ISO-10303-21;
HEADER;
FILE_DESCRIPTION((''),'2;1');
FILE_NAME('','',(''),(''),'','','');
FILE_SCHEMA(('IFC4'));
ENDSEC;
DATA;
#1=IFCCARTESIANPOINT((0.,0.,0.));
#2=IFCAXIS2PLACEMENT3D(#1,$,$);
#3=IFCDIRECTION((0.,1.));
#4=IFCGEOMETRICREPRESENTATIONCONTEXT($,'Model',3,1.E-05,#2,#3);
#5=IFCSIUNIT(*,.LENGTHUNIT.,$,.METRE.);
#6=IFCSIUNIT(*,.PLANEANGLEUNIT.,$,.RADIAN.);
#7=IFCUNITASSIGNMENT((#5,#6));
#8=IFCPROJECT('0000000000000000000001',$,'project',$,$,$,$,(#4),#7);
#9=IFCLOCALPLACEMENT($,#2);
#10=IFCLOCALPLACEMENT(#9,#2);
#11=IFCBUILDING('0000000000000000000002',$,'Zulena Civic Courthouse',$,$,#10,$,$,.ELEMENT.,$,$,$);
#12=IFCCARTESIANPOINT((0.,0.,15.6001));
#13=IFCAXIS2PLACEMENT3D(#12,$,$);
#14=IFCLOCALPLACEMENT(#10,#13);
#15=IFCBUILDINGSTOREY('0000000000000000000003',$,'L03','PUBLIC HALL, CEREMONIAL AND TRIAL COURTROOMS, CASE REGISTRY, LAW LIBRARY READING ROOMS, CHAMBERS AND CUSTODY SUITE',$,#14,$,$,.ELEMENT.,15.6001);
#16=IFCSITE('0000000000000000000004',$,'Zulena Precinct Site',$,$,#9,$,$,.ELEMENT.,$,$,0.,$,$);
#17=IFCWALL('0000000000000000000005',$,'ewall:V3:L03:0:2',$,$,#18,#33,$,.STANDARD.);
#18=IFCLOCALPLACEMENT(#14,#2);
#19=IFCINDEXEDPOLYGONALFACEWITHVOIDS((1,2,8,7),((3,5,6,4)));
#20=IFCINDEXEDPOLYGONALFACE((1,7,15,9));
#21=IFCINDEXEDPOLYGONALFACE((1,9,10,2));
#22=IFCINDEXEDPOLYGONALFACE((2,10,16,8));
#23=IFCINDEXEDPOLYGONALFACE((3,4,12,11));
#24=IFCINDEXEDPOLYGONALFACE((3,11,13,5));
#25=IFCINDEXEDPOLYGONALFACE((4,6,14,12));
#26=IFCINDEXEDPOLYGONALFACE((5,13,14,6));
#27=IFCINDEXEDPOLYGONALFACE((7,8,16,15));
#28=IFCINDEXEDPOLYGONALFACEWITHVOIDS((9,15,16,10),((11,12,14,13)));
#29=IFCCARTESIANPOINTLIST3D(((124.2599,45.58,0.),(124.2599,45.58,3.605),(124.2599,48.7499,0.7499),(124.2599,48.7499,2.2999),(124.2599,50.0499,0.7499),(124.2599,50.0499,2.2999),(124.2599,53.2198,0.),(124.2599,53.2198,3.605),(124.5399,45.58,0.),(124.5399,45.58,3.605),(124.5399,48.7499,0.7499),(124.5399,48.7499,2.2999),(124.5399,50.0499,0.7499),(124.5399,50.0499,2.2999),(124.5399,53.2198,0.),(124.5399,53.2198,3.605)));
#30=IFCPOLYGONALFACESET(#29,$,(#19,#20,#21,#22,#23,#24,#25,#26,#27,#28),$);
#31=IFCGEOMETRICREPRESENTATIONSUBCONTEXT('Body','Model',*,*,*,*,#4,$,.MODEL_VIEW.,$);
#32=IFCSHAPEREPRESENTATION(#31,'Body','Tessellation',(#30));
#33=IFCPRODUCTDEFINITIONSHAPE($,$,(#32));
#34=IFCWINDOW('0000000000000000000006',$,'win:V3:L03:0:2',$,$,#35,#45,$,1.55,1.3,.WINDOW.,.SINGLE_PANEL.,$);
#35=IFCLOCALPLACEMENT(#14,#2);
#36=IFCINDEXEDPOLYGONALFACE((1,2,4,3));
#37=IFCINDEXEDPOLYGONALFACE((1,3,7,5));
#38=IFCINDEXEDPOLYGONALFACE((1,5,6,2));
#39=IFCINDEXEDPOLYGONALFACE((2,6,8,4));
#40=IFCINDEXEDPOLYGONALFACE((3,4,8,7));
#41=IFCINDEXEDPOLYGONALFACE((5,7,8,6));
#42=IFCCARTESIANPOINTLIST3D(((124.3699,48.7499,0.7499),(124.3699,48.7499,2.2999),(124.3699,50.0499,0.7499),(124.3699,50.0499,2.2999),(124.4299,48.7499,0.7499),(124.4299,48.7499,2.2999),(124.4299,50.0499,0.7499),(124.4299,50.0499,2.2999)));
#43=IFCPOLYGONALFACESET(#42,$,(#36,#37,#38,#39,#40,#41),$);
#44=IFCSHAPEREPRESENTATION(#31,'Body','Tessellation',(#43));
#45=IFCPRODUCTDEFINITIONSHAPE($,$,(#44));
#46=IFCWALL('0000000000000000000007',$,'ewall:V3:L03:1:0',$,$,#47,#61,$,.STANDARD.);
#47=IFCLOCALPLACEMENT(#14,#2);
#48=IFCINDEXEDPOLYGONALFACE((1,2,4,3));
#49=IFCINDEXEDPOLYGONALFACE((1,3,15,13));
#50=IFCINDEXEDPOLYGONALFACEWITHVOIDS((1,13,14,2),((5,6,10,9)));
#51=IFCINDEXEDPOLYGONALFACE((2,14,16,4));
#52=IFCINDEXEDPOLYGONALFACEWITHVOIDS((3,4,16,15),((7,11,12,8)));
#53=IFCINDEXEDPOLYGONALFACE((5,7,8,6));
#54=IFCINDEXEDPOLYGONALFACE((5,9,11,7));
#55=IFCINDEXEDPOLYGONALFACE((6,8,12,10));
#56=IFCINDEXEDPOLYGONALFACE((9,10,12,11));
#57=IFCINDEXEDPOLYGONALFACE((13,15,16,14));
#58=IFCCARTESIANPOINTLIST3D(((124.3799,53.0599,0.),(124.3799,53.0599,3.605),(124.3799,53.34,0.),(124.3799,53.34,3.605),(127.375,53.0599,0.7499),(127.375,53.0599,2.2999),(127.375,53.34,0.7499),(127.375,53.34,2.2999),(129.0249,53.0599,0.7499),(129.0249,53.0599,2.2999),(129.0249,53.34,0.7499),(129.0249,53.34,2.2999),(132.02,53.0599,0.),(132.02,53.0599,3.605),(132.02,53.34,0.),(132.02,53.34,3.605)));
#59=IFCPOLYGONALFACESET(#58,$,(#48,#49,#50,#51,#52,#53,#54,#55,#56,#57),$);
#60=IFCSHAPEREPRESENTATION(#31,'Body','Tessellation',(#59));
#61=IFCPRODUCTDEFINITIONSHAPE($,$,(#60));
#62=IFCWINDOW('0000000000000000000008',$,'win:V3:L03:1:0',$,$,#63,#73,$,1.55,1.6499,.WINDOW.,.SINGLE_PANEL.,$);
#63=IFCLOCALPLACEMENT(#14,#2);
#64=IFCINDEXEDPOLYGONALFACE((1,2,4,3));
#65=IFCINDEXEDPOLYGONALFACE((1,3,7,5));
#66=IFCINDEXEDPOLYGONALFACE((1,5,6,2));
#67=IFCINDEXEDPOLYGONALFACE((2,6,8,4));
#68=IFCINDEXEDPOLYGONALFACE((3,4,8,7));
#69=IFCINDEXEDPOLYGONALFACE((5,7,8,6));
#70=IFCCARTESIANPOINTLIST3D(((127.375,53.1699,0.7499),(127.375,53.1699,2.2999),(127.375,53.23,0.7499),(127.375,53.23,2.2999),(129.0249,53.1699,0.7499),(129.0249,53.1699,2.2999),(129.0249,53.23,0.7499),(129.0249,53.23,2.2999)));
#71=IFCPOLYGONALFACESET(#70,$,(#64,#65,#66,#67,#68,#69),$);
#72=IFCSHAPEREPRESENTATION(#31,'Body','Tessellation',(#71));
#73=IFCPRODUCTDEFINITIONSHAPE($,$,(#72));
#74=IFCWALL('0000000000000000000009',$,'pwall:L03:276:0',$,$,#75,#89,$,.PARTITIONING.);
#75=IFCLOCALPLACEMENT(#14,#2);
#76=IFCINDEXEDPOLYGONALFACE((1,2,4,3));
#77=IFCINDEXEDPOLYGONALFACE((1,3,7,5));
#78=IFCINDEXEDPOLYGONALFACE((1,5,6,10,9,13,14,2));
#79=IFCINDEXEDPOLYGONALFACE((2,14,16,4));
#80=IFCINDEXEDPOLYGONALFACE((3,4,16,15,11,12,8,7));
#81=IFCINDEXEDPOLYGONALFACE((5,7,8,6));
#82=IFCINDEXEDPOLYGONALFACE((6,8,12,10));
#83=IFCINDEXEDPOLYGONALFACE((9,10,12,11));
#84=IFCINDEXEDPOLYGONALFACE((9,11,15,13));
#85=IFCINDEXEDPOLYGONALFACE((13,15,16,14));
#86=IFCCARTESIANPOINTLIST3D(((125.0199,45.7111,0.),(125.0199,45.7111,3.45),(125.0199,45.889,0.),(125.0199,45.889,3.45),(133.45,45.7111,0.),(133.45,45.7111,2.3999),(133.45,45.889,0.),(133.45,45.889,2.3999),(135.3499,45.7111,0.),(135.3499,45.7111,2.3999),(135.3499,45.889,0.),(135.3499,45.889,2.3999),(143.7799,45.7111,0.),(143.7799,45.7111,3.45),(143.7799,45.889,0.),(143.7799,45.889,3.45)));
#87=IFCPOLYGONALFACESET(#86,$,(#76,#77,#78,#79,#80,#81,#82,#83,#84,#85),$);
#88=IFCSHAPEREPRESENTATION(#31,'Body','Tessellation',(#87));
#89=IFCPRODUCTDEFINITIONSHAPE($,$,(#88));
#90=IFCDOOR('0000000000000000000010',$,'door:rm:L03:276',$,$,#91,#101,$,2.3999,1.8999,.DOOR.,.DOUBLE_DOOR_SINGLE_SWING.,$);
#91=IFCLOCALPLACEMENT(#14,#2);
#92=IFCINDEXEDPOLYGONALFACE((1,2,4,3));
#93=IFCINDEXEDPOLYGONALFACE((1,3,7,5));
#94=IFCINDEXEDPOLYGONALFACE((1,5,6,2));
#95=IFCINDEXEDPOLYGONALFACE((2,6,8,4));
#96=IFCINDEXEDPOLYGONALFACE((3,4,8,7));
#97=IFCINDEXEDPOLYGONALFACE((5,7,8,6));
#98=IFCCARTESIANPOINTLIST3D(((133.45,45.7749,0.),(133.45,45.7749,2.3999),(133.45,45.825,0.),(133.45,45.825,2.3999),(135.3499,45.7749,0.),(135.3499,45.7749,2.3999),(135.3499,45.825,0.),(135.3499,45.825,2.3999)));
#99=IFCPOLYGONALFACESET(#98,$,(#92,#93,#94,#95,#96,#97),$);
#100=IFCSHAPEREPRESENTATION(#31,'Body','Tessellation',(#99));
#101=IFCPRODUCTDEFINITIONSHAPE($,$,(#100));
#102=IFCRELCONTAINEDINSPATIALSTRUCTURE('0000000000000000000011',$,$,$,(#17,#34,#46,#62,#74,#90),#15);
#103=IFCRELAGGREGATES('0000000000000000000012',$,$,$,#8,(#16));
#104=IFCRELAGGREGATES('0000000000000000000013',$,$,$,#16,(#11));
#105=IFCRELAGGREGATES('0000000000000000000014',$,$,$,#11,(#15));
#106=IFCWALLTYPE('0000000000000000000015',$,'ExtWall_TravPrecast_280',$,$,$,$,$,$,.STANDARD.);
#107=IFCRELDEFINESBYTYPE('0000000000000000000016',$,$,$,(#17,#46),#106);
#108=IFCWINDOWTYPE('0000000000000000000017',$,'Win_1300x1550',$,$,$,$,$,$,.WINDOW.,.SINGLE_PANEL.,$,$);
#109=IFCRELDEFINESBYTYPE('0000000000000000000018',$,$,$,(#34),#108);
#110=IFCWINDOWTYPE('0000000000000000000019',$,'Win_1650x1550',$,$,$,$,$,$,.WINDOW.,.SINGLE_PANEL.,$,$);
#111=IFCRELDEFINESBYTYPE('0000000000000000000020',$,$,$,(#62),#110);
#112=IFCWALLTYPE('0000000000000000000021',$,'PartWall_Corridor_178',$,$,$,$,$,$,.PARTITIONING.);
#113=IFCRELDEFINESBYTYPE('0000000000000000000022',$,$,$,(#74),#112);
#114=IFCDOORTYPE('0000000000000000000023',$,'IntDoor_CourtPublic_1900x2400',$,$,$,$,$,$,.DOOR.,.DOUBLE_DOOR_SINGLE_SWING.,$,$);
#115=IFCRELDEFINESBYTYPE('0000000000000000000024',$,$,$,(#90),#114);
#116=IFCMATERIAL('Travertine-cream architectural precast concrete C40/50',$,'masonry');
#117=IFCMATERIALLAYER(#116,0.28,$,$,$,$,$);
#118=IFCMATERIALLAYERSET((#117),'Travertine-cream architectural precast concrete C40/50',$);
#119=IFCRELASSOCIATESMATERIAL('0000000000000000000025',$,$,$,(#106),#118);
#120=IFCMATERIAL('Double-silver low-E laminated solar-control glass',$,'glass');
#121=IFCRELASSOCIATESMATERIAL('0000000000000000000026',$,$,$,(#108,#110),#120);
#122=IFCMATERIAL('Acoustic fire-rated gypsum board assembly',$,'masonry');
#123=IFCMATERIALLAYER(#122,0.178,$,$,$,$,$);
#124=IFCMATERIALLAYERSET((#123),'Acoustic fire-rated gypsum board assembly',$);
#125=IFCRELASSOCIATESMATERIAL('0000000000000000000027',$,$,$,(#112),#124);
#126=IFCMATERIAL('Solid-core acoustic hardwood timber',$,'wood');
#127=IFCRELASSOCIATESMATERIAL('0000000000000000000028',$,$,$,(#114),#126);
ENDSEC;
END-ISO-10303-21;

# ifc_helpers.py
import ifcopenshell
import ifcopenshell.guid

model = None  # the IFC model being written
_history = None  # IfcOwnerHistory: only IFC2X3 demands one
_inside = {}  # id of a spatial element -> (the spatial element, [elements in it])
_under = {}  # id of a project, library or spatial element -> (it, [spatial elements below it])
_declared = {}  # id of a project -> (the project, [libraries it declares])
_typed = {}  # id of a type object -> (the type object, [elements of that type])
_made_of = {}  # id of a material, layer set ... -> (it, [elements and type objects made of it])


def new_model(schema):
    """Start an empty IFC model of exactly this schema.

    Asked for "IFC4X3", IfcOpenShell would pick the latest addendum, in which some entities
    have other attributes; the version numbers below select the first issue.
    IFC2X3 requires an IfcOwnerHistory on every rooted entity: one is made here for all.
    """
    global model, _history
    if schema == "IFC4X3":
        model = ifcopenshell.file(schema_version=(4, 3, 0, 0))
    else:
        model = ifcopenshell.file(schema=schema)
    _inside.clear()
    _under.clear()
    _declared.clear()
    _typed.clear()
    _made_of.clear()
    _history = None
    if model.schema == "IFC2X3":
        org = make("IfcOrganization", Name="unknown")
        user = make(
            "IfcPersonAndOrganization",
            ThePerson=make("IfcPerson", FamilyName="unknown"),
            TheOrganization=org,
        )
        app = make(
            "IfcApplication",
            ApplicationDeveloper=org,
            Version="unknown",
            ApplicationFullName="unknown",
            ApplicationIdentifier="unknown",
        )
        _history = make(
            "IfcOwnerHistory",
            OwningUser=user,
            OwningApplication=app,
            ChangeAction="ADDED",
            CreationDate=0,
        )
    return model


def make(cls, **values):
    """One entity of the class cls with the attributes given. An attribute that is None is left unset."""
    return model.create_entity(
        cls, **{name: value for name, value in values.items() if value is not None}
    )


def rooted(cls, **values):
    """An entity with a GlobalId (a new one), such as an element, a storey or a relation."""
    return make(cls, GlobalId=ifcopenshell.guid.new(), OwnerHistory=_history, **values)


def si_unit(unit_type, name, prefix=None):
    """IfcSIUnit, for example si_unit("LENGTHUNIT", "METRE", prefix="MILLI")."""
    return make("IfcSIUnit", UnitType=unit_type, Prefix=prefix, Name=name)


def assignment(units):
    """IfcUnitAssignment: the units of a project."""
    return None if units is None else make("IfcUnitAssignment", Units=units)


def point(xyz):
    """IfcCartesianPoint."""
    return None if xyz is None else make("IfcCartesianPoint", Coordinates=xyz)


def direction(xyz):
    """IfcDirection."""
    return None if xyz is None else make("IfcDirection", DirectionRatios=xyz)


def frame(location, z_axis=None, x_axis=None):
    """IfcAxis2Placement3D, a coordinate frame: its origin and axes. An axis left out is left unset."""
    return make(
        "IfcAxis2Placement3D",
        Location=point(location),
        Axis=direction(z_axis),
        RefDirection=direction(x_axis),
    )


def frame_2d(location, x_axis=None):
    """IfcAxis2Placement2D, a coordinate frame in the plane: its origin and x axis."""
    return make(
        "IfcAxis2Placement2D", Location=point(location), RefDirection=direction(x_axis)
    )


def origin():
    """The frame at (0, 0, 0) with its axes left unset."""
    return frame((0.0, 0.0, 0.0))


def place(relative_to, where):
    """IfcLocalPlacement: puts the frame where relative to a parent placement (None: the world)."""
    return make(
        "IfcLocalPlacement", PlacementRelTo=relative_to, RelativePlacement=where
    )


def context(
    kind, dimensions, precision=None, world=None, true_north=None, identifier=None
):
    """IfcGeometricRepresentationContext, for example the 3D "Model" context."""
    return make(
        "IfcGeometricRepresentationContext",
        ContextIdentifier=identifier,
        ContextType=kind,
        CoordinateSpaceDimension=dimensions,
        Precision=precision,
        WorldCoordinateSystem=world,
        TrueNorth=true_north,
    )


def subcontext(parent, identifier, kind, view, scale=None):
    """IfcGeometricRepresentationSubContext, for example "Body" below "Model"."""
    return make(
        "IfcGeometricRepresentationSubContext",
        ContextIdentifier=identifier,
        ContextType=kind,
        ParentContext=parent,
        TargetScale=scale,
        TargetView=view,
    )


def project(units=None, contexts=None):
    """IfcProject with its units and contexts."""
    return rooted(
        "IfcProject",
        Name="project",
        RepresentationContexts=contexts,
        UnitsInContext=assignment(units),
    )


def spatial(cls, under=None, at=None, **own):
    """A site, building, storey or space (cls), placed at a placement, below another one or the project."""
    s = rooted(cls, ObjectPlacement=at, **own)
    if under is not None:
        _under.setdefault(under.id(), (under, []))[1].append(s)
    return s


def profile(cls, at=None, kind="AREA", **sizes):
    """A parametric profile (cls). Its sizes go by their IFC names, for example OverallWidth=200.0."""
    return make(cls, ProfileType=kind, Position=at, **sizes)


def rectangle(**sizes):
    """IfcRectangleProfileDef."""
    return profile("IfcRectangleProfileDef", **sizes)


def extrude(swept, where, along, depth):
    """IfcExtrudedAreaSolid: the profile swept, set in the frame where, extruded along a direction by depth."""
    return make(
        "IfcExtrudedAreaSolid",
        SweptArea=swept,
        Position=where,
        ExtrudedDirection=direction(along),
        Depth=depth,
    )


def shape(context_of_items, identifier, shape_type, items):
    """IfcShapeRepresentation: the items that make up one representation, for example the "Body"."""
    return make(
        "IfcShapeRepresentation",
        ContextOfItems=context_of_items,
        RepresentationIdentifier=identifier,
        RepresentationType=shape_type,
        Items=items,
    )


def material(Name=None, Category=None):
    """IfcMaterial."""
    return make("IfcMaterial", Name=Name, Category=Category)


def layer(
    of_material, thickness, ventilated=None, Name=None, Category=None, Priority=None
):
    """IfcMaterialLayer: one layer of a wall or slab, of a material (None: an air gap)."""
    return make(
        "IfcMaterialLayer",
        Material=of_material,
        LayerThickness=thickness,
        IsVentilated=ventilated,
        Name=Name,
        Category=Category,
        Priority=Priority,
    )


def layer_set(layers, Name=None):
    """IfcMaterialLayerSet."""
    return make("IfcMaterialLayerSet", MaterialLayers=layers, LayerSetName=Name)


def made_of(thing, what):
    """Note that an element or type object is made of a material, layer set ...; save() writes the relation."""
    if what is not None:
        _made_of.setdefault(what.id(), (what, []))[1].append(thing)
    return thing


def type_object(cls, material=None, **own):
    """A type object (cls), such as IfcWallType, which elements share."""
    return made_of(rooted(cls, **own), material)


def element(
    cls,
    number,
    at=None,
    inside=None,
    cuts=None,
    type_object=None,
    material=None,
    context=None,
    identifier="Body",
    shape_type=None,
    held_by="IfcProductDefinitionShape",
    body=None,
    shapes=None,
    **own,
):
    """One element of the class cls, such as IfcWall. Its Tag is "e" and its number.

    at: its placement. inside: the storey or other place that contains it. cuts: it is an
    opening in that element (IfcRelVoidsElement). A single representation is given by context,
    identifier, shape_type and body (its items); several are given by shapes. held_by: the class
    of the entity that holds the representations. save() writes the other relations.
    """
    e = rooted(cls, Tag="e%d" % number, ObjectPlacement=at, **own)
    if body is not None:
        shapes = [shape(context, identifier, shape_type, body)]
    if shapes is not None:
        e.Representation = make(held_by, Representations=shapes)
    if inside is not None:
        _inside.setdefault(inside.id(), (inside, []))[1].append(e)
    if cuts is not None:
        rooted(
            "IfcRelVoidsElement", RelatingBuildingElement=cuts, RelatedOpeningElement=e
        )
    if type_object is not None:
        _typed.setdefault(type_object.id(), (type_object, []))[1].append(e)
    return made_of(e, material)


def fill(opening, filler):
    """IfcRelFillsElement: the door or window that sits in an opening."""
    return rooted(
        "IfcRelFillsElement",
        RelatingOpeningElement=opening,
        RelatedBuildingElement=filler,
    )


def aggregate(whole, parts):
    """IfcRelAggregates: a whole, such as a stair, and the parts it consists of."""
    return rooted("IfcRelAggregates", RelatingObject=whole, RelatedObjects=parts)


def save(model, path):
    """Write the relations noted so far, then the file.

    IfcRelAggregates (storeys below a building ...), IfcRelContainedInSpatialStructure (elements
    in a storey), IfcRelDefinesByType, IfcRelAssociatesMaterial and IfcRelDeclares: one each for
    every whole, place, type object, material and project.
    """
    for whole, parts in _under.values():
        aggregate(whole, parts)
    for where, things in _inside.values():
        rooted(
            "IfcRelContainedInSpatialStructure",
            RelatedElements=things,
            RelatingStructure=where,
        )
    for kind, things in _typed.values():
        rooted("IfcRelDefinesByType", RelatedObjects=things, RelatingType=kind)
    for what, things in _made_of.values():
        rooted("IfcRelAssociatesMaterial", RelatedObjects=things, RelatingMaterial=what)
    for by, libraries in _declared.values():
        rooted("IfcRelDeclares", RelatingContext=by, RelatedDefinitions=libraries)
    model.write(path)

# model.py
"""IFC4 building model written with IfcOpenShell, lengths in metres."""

from ifc_helpers import new_model, si_unit, direction, frame, frame_2d, origin, place, context, subcontext, project, spatial, rectangle, extrude, material, layer, layer_set, type_object, element, fill, save


model = new_model("IFC4")

# Units and contexts
model_context = context("Model", 3, precision=1e-05, world=origin(), true_north=direction((0.0, 1.0)))
body_context = subcontext(model_context, "Body", "Model", "MODEL_VIEW")
ifc_project = project(units=[si_unit("LENGTHUNIT", "METRE"), si_unit("PLANEANGLEUNIT", "RADIAN")], contexts=[model_context])

# Site, building, storey
site_placement = place(None, origin())
site = spatial("IfcSite", under=ifc_project, at=site_placement, Name="Zulena Precinct Site", CompositionType="ELEMENT", RefElevation=0.0)
building_placement = place(site_placement, origin())
building = spatial("IfcBuilding", under=site, at=building_placement, Name="Zulena Civic Courthouse", CompositionType="ELEMENT")
storey_placement = place(building_placement, frame((0.0, 0.0, 15.6001)))
storey = spatial("IfcBuildingStorey", under=building, at=storey_placement, Name="L03", Description="PUBLIC HALL, CEREMONIAL AND TRIAL COURTROOMS, CASE REGISTRY, LAW LIBRARY READING ROOMS, CHAMBERS AND CUSTODY SUITE", CompositionType="ELEMENT", Elevation=15.6001)

# Shared definitions
ifc_material_1 = material(Name="Double-silver low-E laminated solar-control glass", Category="glass")

# Shared definitions
ifc_material_2 = material(Name="Travertine-cream architectural precast concrete C40/50", Category="masonry")

# Walls, openings, windows
ifc_layer_1 = layer(ifc_material_2, 0.28)
ifc_layer_set_1 = layer_set([ifc_layer_1], Name="Travertine-cream architectural precast concrete C40/50")
wall_type_1 = type_object("IfcWallType", Name="ExtWall_TravPrecast_280", PredefinedType="STANDARD", material=ifc_layer_set_1)
wall_1_placement = place(storey_placement, frame((124.3999, 45.5801, 0.0), z_axis=(0.0, 0.0, 1.0), x_axis=(0.0, 1.0, 0.0)))
wall_1 = element("IfcWall", 1, at=wall_1_placement, inside=storey, type_object=wall_type_1, Name="ewall:V3:L03:0:2", PredefinedType="STANDARD", context=body_context, shape_type="SweptSolid", body=[
    extrude(rectangle(XDim=7.6399, YDim=0.28, at=frame_2d((3.8198, 0.0))), origin(), (0.0, 0.0, 1.0), 3.605),
])
opening_1_placement = place(wall_1_placement, frame((3.1699, 0.0, 0.75)))
opening_1 = element("IfcOpeningElement", 2, at=opening_1_placement, cuts=wall_1, PredefinedType="OPENING", context=body_context, shape_type="SweptSolid", body=[
    extrude(rectangle(XDim=1.3, YDim=1.55, at=frame_2d((0.6499, 0.7749))), frame((0.0, 0.1499, 0.0), z_axis=(0.0, -1.0, 0.0), x_axis=(1.0, 0.0, 0.0)), (0.0, 0.0, 1.0), 0.3),
])
window_type_1 = type_object("IfcWindowType", Name="Win_1300x1550", PartitioningType="SINGLE_PANEL", PredefinedType="WINDOW", material=ifc_material_1)
window_1_placement = place(opening_1_placement, origin())
window_1 = element("IfcWindow", 3, at=window_1_placement, inside=storey, type_object=window_type_1, Name="win:V3:L03:0:2", OverallHeight=1.55, OverallWidth=1.3, PartitioningType="SINGLE_PANEL", PredefinedType="WINDOW", context=body_context, shape_type="SweptSolid", body=[
    extrude(rectangle(XDim=1.3, YDim=1.55, at=frame_2d((0.6499, 0.7749))), frame((0.0, 0.03, 0.0), z_axis=(0.0, -1.0, 0.0), x_axis=(1.0, 0.0, 0.0)), (0.0, 0.0, 1.0), 0.0601),
])
fill(opening_1, window_1)
wall_2_placement = place(storey_placement, frame((124.3799, 53.2, 0.0), z_axis=(0.0, 0.0, 1.0), x_axis=(1.0, 0.0, 0.0)))
wall_2 = element("IfcWall", 4, at=wall_2_placement, inside=storey, type_object=wall_type_1, Name="ewall:V3:L03:1:0", PredefinedType="STANDARD", context=body_context, shape_type="SweptSolid", body=[
    extrude(rectangle(XDim=7.6401, YDim=0.28, at=frame_2d((3.8201, 0.0))), origin(), (0.0, 0.0, 1.0), 3.605),
])
opening_2_placement = place(wall_2_placement, frame((2.9951, 0.0, 0.75)))
opening_2 = element("IfcOpeningElement", 5, at=opening_2_placement, cuts=wall_2, PredefinedType="OPENING", context=body_context, shape_type="SweptSolid", body=[
    extrude(rectangle(XDim=1.6499, YDim=1.55, at=frame_2d((0.825, 0.7749))), frame((0.0, 0.1499, 0.0), z_axis=(0.0, -1.0, 0.0), x_axis=(1.0, 0.0, 0.0)), (0.0, 0.0, 1.0), 0.3),
])
window_type_2 = type_object("IfcWindowType", Name="Win_1650x1550", PartitioningType="SINGLE_PANEL", PredefinedType="WINDOW", material=ifc_material_1)
window_2_placement = place(opening_2_placement, origin())
window_2 = element("IfcWindow", 6, at=window_2_placement, inside=storey, type_object=window_type_2, Name="win:V3:L03:1:0", OverallHeight=1.55, OverallWidth=1.6499, PartitioningType="SINGLE_PANEL", PredefinedType="WINDOW", context=body_context, shape_type="SweptSolid", body=[
    extrude(rectangle(XDim=1.6499, YDim=1.55, at=frame_2d((0.825, 0.7749))), frame((0.0, 0.03, 0.0), z_axis=(0.0, -1.0, 0.0), x_axis=(1.0, 0.0, 0.0)), (0.0, 0.0, 1.0), 0.0601),
])
fill(opening_2, window_2)

# Wall, opening, door
ifc_material_3 = material(Name="Acoustic fire-rated gypsum board assembly", Category="masonry")
ifc_layer_2 = layer(ifc_material_3, 0.178)
ifc_layer_set_2 = layer_set([ifc_layer_2], Name="Acoustic fire-rated gypsum board assembly")
wall_type_2 = type_object("IfcWallType", Name="PartWall_Corridor_178", PredefinedType="PARTITIONING", material=ifc_layer_set_2)
wall_3_placement = place(storey_placement, frame((125.02, 45.8, 0.0), z_axis=(0.0, 0.0, 1.0), x_axis=(1.0, 0.0, 0.0)))
wall_3 = element("IfcWall", 7, at=wall_3_placement, inside=storey, type_object=wall_type_2, Name="pwall:L03:276:0", PredefinedType="PARTITIONING", context=body_context, shape_type="SweptSolid", body=[
    extrude(rectangle(XDim=18.76, YDim=0.178, at=frame_2d((9.3799, 0.0))), origin(), (0.0, 0.0, 1.0), 3.45),
])
opening_3_placement = place(wall_3_placement, frame((8.4299, 0.0, 0.0)))
opening_3 = element("IfcOpeningElement", 8, at=opening_3_placement, cuts=wall_3, PredefinedType="OPENING", context=body_context, shape_type="SweptSolid", body=[
    extrude(rectangle(XDim=1.8999, YDim=2.3999, at=frame_2d((0.95, 1.2))), frame((0.0, 0.0989, 0.0), z_axis=(0.0, -1.0, 0.0), x_axis=(1.0, 0.0, 0.0)), (0.0, 0.0, 1.0), 0.198),
])
ifc_material_4 = material(Name="Solid-core acoustic hardwood timber", Category="wood")
door_type = type_object("IfcDoorType", Name="IntDoor_CourtPublic_1900x2400", OperationType="DOUBLE_DOOR_SINGLE_SWING", PredefinedType="DOOR", material=ifc_material_4)
door_placement = place(opening_3_placement, origin())
door = element("IfcDoor", 9, at=door_placement, inside=storey, type_object=door_type, Name="door:rm:L03:276", OperationType="DOUBLE_DOOR_SINGLE_SWING", OverallHeight=2.3999, OverallWidth=1.8999, PredefinedType="DOOR", context=body_context, shape_type="SweptSolid", body=[
    extrude(rectangle(XDim=1.8999, YDim=2.3999, at=frame_2d((0.95, 1.2))), frame((0.0, 0.0249, 0.0), z_axis=(0.0, -1.0, 0.0), x_axis=(1.0, 0.0, 0.0)), (0.0, 0.0, 1.0), 0.05),
])
fill(opening_3, door)

save(model, "model.ifc")
